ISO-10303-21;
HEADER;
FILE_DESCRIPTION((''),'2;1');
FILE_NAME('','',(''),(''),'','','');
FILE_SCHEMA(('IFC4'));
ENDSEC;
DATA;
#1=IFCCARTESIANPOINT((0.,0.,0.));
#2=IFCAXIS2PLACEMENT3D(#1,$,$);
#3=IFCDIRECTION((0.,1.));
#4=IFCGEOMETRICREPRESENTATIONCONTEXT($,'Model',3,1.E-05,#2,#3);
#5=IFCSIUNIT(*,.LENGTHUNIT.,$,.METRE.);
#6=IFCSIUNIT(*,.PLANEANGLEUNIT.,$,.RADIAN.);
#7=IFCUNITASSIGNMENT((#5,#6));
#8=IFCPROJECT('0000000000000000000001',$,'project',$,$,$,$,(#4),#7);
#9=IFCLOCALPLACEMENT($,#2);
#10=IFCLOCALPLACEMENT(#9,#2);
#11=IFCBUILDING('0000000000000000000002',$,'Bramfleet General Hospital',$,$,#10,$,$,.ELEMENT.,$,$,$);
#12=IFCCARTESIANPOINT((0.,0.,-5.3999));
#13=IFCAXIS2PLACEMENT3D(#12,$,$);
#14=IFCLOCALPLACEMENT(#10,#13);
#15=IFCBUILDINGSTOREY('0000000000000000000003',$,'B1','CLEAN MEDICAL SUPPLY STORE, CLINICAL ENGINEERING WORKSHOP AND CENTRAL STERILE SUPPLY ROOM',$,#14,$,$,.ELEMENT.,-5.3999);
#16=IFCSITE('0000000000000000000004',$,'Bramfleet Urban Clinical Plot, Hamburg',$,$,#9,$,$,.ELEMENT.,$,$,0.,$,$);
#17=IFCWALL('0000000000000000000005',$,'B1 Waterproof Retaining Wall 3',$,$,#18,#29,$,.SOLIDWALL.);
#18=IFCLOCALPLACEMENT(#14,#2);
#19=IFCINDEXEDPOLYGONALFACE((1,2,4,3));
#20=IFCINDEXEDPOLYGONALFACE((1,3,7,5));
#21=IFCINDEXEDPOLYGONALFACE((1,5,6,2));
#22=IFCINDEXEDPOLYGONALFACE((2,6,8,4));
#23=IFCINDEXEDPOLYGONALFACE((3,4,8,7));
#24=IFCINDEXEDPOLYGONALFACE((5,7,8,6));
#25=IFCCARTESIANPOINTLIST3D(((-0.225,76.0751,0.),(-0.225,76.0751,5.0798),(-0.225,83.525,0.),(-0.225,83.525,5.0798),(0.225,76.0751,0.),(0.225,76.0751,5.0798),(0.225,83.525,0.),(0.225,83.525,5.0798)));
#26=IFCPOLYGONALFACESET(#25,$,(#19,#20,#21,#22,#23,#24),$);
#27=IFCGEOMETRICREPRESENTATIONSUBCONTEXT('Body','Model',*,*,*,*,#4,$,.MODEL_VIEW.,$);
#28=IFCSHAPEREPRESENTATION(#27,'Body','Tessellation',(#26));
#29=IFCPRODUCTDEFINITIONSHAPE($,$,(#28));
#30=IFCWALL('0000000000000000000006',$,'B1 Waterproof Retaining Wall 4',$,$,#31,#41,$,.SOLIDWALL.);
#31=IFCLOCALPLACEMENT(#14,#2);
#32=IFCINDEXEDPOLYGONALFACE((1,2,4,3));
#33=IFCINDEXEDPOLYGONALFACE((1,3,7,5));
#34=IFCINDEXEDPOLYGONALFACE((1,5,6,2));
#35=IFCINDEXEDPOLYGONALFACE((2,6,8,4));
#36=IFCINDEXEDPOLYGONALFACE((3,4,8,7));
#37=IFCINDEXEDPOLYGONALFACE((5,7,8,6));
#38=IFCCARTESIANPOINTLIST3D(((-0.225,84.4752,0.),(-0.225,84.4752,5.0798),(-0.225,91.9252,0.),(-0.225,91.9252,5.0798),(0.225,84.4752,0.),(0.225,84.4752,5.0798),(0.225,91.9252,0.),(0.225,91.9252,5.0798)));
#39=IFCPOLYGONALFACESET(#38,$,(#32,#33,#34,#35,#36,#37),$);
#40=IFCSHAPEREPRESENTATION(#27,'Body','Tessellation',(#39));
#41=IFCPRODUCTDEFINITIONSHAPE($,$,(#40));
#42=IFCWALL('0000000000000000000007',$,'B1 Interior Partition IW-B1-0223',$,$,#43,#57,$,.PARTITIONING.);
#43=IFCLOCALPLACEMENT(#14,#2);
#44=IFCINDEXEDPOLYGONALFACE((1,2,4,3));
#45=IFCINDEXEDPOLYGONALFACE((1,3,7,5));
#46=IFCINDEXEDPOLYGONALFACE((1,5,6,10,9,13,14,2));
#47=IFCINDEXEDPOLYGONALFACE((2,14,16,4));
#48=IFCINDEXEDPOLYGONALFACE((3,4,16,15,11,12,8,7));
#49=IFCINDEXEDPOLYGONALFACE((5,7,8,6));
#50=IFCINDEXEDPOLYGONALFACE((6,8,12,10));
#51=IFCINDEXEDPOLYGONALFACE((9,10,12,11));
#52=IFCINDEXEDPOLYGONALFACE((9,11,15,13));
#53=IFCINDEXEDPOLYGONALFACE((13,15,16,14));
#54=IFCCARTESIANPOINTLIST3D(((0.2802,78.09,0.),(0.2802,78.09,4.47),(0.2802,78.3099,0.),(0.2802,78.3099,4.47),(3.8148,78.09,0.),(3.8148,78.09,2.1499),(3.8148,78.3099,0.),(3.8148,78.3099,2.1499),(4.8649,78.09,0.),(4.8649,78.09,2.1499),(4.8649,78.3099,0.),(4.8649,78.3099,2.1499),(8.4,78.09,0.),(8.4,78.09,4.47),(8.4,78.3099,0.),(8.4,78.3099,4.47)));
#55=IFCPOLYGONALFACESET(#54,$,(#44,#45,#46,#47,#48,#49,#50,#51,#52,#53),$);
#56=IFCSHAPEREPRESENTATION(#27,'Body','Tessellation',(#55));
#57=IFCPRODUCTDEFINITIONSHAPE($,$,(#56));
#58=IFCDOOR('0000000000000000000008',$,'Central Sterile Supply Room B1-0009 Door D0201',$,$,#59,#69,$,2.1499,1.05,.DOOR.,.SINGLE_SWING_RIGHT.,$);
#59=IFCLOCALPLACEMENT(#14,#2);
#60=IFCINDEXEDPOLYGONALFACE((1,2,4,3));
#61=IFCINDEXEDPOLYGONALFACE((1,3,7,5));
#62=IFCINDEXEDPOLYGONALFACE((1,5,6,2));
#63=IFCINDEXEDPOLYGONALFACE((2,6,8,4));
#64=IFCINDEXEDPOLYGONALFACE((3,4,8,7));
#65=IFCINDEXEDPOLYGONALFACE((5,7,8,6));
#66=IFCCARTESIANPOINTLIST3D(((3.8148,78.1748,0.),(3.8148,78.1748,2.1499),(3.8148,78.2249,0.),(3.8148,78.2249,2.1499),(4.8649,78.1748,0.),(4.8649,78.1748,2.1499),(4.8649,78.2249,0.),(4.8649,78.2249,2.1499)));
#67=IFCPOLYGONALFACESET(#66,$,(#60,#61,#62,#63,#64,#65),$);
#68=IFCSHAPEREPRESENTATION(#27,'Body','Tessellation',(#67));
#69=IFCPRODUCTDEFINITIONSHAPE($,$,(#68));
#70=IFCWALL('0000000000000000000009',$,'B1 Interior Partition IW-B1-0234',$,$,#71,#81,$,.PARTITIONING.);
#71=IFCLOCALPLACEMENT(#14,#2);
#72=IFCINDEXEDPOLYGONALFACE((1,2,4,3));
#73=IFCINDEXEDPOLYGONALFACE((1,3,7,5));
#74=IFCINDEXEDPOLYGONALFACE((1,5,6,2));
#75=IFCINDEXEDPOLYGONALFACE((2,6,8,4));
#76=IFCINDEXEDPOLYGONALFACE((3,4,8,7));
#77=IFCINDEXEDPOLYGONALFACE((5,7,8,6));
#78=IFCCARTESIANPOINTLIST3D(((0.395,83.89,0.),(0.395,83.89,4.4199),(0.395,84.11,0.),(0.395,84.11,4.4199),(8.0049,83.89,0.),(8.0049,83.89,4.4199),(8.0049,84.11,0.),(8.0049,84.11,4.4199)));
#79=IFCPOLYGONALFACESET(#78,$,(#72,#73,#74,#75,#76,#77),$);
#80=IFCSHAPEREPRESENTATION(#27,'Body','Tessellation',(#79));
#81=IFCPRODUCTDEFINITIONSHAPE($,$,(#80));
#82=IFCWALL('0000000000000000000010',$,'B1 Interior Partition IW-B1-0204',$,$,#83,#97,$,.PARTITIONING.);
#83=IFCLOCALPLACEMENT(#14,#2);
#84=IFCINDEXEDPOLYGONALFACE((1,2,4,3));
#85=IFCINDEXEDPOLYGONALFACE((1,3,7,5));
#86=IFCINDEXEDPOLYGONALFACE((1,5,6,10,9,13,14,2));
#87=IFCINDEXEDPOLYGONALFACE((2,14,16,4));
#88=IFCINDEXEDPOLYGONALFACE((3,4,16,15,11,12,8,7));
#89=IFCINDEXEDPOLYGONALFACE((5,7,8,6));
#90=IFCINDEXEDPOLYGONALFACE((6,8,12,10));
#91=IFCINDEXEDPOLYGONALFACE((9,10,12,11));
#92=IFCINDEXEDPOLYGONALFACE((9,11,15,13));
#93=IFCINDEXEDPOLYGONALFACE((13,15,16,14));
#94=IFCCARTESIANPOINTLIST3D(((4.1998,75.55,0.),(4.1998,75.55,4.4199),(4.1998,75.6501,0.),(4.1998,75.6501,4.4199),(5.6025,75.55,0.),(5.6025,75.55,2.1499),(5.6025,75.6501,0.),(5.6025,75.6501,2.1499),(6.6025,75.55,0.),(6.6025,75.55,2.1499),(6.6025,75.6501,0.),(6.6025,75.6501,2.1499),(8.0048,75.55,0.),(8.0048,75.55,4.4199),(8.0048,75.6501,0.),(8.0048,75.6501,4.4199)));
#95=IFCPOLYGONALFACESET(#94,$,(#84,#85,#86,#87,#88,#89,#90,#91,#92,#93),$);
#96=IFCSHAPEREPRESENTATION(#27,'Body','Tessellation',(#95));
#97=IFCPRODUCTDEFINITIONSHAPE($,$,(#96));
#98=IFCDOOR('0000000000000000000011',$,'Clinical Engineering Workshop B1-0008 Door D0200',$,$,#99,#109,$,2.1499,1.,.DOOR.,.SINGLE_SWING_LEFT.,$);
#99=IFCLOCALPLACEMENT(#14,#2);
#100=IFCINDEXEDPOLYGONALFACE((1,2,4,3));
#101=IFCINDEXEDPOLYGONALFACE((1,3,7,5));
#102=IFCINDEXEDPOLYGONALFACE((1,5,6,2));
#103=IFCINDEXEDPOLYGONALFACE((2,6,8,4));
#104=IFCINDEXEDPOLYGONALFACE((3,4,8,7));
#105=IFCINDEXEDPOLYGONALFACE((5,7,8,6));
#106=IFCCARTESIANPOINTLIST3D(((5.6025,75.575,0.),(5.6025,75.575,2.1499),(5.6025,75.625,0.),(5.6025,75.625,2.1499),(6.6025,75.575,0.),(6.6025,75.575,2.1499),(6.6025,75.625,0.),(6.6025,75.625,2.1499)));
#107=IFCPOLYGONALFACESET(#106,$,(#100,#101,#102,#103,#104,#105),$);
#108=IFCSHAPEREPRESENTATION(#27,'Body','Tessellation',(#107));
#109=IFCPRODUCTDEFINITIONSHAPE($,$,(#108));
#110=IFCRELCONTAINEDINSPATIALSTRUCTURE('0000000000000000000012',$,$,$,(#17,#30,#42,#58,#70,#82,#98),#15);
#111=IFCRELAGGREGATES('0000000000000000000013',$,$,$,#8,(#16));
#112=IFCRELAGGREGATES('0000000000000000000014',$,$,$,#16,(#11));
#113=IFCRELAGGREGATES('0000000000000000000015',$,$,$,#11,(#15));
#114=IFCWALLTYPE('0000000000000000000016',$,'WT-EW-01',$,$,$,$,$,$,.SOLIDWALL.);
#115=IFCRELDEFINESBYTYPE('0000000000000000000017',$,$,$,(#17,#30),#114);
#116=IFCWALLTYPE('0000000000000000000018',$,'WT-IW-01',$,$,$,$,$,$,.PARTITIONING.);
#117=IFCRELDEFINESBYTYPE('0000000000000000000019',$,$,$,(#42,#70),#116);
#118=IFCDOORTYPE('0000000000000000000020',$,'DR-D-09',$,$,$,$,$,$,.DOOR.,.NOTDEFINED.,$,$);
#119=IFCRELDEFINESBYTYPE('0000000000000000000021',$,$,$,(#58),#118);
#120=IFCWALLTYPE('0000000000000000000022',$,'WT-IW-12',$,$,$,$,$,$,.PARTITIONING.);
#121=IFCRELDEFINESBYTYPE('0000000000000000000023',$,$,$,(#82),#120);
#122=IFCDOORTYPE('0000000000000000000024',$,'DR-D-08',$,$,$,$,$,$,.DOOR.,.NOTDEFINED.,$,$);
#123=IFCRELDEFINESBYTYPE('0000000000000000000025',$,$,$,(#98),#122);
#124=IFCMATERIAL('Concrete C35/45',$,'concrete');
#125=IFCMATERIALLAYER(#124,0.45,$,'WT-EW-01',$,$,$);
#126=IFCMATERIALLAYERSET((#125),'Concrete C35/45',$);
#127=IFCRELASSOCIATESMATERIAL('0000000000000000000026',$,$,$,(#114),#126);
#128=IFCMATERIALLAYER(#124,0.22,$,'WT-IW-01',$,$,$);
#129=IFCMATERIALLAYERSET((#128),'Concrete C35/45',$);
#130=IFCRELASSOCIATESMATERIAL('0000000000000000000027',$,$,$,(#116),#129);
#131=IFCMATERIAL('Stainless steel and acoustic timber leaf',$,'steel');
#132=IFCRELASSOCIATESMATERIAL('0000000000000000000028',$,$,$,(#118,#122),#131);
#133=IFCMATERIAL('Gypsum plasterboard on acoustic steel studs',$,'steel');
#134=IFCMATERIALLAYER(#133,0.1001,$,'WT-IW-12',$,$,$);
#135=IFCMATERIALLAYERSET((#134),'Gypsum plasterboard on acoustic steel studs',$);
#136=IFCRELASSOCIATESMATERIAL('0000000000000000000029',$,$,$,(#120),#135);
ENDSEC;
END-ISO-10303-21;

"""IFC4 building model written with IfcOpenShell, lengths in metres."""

from ifc_helpers import new_model, si_unit, direction, frame, frame_2d, origin, place, context, subcontext, project, spatial, rectangle, extrude, material, layer, layer_set, type_object, element, fill, save


model = new_model("IFC4")

# Units and contexts
model_context = context("Model", 3, precision=1e-05, world=origin(), true_north=direction((0.0, 1.0)))
body_context = subcontext(model_context, "Body", "Model", "MODEL_VIEW")
ifc_project = project(units=[si_unit("LENGTHUNIT", "METRE"), si_unit("PLANEANGLEUNIT", "RADIAN")], contexts=[model_context])

# Site, building, storey
site_placement = place(None, origin())
site = spatial("IfcSite", under=ifc_project, at=site_placement, Name="Bramfleet Urban Clinical Plot, Hamburg", CompositionType="ELEMENT", RefElevation=0.0)
building_placement = place(site_placement, origin())
building = spatial("IfcBuilding", under=site, at=building_placement, Name="Bramfleet General Hospital", CompositionType="ELEMENT")
storey_placement = place(building_placement, frame((0.0, 0.0, -5.3999)))
storey = spatial("IfcBuildingStorey", under=building, at=storey_placement, Name="B1", Description="CLEAN MEDICAL SUPPLY STORE, CLINICAL ENGINEERING WORKSHOP AND CENTRAL STERILE SUPPLY ROOM", CompositionType="ELEMENT", Elevation=-5.3999)

# Shared definitions
ifc_material_1 = material(Name="Concrete C35/45", Category="concrete")

# Walls
ifc_layer_1 = layer(ifc_material_1, 0.45, Name="WT-EW-01")
ifc_layer_set_1 = layer_set([ifc_layer_1], Name="Concrete C35/45")
wall_type_1 = type_object("IfcWallType", Name="WT-EW-01", PredefinedType="SOLIDWALL", material=ifc_layer_set_1)
for number, where, z_axis, x_axis, name in (
    (1, (0.0, 76.075, 0.0), (0.0, 0.0, 1.0), (0.0, 1.0, 0.0), "B1 Waterproof Retaining Wall 3"),
    (2, (0.0, 84.4751, 0.0), (0.0, 0.0, 1.0), (0.0, 1.0, 0.0), "B1 Waterproof Retaining Wall 4"),
):
    element("IfcWall", number, at=place(storey_placement, frame(where, z_axis=z_axis, x_axis=x_axis)), inside=storey, type_object=wall_type_1, Name=name, PredefinedType="SOLIDWALL", context=body_context, shape_type="SweptSolid", body=[
        extrude(rectangle(XDim=7.45, YDim=0.45, at=frame_2d((3.7251, 0.0))), origin(), (0.0, 0.0, 1.0), 5.0798),
    ])

# Wall, opening, door
ifc_layer_2 = layer(ifc_material_1, 0.22, Name="WT-IW-01")
ifc_layer_set_2 = layer_set([ifc_layer_2], Name="Concrete C35/45")
wall_type_2 = type_object("IfcWallType", Name="WT-IW-01", PredefinedType="PARTITIONING", material=ifc_layer_set_2)
wall_1_placement = place(storey_placement, frame((0.28, 78.2, 0.0), z_axis=(0.0, 0.0, 1.0), x_axis=(1.0, 0.0, 0.0)))
wall_1 = element("IfcWall", 3, at=wall_1_placement, inside=storey, type_object=wall_type_2, Name="B1 Interior Partition IW-B1-0223", PredefinedType="PARTITIONING", context=body_context, shape_type="SweptSolid", body=[
    extrude(rectangle(XDim=8.1199, YDim=0.22, at=frame_2d((4.0601, 0.0))), origin(), (0.0, 0.0, 1.0), 4.47),
])
opening_1_placement = place(wall_1_placement, frame((3.5349, 0.0, 0.0)))
opening_1 = element("IfcOpeningElement", 4, at=opening_1_placement, cuts=wall_1, PredefinedType="OPENING", context=body_context, shape_type="SweptSolid", body=[
    extrude(rectangle(XDim=1.05, YDim=2.1499, at=frame_2d((0.5249, 1.075))), frame((0.0, 0.1199, 0.0), z_axis=(0.0, -1.0, 0.0), x_axis=(1.0, 0.0, 0.0)), (0.0, 0.0, 1.0), 0.24),
])
ifc_material_2 = material(Name="Stainless steel and acoustic timber leaf", Category="steel")
door_type_1 = type_object("IfcDoorType", Name="DR-D-09", OperationType="NOTDEFINED", PredefinedType="DOOR", material=ifc_material_2)
door_1_placement = place(opening_1_placement, origin())
door_1 = element("IfcDoor", 5, at=door_1_placement, inside=storey, type_object=door_type_1, Name="Central Sterile Supply Room B1-0009 Door D0201", OperationType="SINGLE_SWING_RIGHT", OverallHeight=2.1499, OverallWidth=1.05, PredefinedType="DOOR", context=body_context, shape_type="SweptSolid", body=[
    extrude(rectangle(XDim=1.05, YDim=2.1499, at=frame_2d((0.5249, 1.075))), frame((0.0, 0.0249, 0.0), z_axis=(0.0, -1.0, 0.0), x_axis=(1.0, 0.0, 0.0)), (0.0, 0.0, 1.0), 0.05),
])
fill(opening_1, door_1)

# Wall
wall_2_placement = place(storey_placement, frame((0.395, 84.0, 0.0), z_axis=(0.0, 0.0, 1.0), x_axis=(1.0, 0.0, 0.0)))
element("IfcWall", 6, at=wall_2_placement, inside=storey, type_object=wall_type_2, Name="B1 Interior Partition IW-B1-0234", PredefinedType="PARTITIONING", context=body_context, shape_type="SweptSolid", body=[
    extrude(rectangle(XDim=7.6099, YDim=0.22, at=frame_2d((3.8049, 0.0))), origin(), (0.0, 0.0, 1.0), 4.4199),
])

# Wall, opening, door
ifc_material_3 = material(Name="Gypsum plasterboard on acoustic steel studs", Category="steel")
ifc_layer_3 = layer(ifc_material_3, 0.1001, Name="WT-IW-12")
ifc_layer_set_3 = layer_set([ifc_layer_3], Name="Gypsum plasterboard on acoustic steel studs")
wall_type_3 = type_object("IfcWallType", Name="WT-IW-12", PredefinedType="PARTITIONING", material=ifc_layer_set_3)
wall_3_placement = place(storey_placement, frame((4.2, 75.6001, 0.0), z_axis=(0.0, 0.0, 1.0), x_axis=(1.0, 0.0, 0.0)))
wall_3 = element("IfcWall", 7, at=wall_3_placement, inside=storey, type_object=wall_type_3, Name="B1 Interior Partition IW-B1-0204", PredefinedType="PARTITIONING", context=body_context, shape_type="SweptSolid", body=[
    extrude(rectangle(XDim=3.8049, YDim=0.1001, at=frame_2d((1.9023, 0.0))), origin(), (0.0, 0.0, 1.0), 4.4199),
])
opening_2_placement = place(wall_3_placement, frame((1.4026, 0.0, 0.0)))
opening_2 = element("IfcOpeningElement", 8, at=opening_2_placement, cuts=wall_3, PredefinedType="OPENING", context=body_context, shape_type="SweptSolid", body=[
    extrude(rectangle(XDim=1.0, YDim=2.1499, at=frame_2d((0.5, 1.075))), frame((0.0, 0.0601, 0.0), z_axis=(0.0, -1.0, 0.0), x_axis=(1.0, 0.0, 0.0)), (0.0, 0.0, 1.0), 0.1201),
])
door_type_2 = type_object("IfcDoorType", Name="DR-D-08", OperationType="NOTDEFINED", PredefinedType="DOOR", material=ifc_material_2)
door_2_placement = place(opening_2_placement, origin())
door_2 = element("IfcDoor", 9, at=door_2_placement, inside=storey, type_object=door_type_2, Name="Clinical Engineering Workshop B1-0008 Door D0200", OperationType="SINGLE_SWING_LEFT", OverallHeight=2.1499, OverallWidth=1.0, PredefinedType="DOOR", context=body_context, shape_type="SweptSolid", body=[
    extrude(rectangle(XDim=1.0, YDim=2.1499, at=frame_2d((0.5, 1.075))), frame((0.0, 0.0249, 0.0), z_axis=(0.0, -1.0, 0.0), x_axis=(1.0, 0.0, 0.0)), (0.0, 0.0, 1.0), 0.05),
])
fill(opening_2, door_2)

save(model, "model.ifc")
